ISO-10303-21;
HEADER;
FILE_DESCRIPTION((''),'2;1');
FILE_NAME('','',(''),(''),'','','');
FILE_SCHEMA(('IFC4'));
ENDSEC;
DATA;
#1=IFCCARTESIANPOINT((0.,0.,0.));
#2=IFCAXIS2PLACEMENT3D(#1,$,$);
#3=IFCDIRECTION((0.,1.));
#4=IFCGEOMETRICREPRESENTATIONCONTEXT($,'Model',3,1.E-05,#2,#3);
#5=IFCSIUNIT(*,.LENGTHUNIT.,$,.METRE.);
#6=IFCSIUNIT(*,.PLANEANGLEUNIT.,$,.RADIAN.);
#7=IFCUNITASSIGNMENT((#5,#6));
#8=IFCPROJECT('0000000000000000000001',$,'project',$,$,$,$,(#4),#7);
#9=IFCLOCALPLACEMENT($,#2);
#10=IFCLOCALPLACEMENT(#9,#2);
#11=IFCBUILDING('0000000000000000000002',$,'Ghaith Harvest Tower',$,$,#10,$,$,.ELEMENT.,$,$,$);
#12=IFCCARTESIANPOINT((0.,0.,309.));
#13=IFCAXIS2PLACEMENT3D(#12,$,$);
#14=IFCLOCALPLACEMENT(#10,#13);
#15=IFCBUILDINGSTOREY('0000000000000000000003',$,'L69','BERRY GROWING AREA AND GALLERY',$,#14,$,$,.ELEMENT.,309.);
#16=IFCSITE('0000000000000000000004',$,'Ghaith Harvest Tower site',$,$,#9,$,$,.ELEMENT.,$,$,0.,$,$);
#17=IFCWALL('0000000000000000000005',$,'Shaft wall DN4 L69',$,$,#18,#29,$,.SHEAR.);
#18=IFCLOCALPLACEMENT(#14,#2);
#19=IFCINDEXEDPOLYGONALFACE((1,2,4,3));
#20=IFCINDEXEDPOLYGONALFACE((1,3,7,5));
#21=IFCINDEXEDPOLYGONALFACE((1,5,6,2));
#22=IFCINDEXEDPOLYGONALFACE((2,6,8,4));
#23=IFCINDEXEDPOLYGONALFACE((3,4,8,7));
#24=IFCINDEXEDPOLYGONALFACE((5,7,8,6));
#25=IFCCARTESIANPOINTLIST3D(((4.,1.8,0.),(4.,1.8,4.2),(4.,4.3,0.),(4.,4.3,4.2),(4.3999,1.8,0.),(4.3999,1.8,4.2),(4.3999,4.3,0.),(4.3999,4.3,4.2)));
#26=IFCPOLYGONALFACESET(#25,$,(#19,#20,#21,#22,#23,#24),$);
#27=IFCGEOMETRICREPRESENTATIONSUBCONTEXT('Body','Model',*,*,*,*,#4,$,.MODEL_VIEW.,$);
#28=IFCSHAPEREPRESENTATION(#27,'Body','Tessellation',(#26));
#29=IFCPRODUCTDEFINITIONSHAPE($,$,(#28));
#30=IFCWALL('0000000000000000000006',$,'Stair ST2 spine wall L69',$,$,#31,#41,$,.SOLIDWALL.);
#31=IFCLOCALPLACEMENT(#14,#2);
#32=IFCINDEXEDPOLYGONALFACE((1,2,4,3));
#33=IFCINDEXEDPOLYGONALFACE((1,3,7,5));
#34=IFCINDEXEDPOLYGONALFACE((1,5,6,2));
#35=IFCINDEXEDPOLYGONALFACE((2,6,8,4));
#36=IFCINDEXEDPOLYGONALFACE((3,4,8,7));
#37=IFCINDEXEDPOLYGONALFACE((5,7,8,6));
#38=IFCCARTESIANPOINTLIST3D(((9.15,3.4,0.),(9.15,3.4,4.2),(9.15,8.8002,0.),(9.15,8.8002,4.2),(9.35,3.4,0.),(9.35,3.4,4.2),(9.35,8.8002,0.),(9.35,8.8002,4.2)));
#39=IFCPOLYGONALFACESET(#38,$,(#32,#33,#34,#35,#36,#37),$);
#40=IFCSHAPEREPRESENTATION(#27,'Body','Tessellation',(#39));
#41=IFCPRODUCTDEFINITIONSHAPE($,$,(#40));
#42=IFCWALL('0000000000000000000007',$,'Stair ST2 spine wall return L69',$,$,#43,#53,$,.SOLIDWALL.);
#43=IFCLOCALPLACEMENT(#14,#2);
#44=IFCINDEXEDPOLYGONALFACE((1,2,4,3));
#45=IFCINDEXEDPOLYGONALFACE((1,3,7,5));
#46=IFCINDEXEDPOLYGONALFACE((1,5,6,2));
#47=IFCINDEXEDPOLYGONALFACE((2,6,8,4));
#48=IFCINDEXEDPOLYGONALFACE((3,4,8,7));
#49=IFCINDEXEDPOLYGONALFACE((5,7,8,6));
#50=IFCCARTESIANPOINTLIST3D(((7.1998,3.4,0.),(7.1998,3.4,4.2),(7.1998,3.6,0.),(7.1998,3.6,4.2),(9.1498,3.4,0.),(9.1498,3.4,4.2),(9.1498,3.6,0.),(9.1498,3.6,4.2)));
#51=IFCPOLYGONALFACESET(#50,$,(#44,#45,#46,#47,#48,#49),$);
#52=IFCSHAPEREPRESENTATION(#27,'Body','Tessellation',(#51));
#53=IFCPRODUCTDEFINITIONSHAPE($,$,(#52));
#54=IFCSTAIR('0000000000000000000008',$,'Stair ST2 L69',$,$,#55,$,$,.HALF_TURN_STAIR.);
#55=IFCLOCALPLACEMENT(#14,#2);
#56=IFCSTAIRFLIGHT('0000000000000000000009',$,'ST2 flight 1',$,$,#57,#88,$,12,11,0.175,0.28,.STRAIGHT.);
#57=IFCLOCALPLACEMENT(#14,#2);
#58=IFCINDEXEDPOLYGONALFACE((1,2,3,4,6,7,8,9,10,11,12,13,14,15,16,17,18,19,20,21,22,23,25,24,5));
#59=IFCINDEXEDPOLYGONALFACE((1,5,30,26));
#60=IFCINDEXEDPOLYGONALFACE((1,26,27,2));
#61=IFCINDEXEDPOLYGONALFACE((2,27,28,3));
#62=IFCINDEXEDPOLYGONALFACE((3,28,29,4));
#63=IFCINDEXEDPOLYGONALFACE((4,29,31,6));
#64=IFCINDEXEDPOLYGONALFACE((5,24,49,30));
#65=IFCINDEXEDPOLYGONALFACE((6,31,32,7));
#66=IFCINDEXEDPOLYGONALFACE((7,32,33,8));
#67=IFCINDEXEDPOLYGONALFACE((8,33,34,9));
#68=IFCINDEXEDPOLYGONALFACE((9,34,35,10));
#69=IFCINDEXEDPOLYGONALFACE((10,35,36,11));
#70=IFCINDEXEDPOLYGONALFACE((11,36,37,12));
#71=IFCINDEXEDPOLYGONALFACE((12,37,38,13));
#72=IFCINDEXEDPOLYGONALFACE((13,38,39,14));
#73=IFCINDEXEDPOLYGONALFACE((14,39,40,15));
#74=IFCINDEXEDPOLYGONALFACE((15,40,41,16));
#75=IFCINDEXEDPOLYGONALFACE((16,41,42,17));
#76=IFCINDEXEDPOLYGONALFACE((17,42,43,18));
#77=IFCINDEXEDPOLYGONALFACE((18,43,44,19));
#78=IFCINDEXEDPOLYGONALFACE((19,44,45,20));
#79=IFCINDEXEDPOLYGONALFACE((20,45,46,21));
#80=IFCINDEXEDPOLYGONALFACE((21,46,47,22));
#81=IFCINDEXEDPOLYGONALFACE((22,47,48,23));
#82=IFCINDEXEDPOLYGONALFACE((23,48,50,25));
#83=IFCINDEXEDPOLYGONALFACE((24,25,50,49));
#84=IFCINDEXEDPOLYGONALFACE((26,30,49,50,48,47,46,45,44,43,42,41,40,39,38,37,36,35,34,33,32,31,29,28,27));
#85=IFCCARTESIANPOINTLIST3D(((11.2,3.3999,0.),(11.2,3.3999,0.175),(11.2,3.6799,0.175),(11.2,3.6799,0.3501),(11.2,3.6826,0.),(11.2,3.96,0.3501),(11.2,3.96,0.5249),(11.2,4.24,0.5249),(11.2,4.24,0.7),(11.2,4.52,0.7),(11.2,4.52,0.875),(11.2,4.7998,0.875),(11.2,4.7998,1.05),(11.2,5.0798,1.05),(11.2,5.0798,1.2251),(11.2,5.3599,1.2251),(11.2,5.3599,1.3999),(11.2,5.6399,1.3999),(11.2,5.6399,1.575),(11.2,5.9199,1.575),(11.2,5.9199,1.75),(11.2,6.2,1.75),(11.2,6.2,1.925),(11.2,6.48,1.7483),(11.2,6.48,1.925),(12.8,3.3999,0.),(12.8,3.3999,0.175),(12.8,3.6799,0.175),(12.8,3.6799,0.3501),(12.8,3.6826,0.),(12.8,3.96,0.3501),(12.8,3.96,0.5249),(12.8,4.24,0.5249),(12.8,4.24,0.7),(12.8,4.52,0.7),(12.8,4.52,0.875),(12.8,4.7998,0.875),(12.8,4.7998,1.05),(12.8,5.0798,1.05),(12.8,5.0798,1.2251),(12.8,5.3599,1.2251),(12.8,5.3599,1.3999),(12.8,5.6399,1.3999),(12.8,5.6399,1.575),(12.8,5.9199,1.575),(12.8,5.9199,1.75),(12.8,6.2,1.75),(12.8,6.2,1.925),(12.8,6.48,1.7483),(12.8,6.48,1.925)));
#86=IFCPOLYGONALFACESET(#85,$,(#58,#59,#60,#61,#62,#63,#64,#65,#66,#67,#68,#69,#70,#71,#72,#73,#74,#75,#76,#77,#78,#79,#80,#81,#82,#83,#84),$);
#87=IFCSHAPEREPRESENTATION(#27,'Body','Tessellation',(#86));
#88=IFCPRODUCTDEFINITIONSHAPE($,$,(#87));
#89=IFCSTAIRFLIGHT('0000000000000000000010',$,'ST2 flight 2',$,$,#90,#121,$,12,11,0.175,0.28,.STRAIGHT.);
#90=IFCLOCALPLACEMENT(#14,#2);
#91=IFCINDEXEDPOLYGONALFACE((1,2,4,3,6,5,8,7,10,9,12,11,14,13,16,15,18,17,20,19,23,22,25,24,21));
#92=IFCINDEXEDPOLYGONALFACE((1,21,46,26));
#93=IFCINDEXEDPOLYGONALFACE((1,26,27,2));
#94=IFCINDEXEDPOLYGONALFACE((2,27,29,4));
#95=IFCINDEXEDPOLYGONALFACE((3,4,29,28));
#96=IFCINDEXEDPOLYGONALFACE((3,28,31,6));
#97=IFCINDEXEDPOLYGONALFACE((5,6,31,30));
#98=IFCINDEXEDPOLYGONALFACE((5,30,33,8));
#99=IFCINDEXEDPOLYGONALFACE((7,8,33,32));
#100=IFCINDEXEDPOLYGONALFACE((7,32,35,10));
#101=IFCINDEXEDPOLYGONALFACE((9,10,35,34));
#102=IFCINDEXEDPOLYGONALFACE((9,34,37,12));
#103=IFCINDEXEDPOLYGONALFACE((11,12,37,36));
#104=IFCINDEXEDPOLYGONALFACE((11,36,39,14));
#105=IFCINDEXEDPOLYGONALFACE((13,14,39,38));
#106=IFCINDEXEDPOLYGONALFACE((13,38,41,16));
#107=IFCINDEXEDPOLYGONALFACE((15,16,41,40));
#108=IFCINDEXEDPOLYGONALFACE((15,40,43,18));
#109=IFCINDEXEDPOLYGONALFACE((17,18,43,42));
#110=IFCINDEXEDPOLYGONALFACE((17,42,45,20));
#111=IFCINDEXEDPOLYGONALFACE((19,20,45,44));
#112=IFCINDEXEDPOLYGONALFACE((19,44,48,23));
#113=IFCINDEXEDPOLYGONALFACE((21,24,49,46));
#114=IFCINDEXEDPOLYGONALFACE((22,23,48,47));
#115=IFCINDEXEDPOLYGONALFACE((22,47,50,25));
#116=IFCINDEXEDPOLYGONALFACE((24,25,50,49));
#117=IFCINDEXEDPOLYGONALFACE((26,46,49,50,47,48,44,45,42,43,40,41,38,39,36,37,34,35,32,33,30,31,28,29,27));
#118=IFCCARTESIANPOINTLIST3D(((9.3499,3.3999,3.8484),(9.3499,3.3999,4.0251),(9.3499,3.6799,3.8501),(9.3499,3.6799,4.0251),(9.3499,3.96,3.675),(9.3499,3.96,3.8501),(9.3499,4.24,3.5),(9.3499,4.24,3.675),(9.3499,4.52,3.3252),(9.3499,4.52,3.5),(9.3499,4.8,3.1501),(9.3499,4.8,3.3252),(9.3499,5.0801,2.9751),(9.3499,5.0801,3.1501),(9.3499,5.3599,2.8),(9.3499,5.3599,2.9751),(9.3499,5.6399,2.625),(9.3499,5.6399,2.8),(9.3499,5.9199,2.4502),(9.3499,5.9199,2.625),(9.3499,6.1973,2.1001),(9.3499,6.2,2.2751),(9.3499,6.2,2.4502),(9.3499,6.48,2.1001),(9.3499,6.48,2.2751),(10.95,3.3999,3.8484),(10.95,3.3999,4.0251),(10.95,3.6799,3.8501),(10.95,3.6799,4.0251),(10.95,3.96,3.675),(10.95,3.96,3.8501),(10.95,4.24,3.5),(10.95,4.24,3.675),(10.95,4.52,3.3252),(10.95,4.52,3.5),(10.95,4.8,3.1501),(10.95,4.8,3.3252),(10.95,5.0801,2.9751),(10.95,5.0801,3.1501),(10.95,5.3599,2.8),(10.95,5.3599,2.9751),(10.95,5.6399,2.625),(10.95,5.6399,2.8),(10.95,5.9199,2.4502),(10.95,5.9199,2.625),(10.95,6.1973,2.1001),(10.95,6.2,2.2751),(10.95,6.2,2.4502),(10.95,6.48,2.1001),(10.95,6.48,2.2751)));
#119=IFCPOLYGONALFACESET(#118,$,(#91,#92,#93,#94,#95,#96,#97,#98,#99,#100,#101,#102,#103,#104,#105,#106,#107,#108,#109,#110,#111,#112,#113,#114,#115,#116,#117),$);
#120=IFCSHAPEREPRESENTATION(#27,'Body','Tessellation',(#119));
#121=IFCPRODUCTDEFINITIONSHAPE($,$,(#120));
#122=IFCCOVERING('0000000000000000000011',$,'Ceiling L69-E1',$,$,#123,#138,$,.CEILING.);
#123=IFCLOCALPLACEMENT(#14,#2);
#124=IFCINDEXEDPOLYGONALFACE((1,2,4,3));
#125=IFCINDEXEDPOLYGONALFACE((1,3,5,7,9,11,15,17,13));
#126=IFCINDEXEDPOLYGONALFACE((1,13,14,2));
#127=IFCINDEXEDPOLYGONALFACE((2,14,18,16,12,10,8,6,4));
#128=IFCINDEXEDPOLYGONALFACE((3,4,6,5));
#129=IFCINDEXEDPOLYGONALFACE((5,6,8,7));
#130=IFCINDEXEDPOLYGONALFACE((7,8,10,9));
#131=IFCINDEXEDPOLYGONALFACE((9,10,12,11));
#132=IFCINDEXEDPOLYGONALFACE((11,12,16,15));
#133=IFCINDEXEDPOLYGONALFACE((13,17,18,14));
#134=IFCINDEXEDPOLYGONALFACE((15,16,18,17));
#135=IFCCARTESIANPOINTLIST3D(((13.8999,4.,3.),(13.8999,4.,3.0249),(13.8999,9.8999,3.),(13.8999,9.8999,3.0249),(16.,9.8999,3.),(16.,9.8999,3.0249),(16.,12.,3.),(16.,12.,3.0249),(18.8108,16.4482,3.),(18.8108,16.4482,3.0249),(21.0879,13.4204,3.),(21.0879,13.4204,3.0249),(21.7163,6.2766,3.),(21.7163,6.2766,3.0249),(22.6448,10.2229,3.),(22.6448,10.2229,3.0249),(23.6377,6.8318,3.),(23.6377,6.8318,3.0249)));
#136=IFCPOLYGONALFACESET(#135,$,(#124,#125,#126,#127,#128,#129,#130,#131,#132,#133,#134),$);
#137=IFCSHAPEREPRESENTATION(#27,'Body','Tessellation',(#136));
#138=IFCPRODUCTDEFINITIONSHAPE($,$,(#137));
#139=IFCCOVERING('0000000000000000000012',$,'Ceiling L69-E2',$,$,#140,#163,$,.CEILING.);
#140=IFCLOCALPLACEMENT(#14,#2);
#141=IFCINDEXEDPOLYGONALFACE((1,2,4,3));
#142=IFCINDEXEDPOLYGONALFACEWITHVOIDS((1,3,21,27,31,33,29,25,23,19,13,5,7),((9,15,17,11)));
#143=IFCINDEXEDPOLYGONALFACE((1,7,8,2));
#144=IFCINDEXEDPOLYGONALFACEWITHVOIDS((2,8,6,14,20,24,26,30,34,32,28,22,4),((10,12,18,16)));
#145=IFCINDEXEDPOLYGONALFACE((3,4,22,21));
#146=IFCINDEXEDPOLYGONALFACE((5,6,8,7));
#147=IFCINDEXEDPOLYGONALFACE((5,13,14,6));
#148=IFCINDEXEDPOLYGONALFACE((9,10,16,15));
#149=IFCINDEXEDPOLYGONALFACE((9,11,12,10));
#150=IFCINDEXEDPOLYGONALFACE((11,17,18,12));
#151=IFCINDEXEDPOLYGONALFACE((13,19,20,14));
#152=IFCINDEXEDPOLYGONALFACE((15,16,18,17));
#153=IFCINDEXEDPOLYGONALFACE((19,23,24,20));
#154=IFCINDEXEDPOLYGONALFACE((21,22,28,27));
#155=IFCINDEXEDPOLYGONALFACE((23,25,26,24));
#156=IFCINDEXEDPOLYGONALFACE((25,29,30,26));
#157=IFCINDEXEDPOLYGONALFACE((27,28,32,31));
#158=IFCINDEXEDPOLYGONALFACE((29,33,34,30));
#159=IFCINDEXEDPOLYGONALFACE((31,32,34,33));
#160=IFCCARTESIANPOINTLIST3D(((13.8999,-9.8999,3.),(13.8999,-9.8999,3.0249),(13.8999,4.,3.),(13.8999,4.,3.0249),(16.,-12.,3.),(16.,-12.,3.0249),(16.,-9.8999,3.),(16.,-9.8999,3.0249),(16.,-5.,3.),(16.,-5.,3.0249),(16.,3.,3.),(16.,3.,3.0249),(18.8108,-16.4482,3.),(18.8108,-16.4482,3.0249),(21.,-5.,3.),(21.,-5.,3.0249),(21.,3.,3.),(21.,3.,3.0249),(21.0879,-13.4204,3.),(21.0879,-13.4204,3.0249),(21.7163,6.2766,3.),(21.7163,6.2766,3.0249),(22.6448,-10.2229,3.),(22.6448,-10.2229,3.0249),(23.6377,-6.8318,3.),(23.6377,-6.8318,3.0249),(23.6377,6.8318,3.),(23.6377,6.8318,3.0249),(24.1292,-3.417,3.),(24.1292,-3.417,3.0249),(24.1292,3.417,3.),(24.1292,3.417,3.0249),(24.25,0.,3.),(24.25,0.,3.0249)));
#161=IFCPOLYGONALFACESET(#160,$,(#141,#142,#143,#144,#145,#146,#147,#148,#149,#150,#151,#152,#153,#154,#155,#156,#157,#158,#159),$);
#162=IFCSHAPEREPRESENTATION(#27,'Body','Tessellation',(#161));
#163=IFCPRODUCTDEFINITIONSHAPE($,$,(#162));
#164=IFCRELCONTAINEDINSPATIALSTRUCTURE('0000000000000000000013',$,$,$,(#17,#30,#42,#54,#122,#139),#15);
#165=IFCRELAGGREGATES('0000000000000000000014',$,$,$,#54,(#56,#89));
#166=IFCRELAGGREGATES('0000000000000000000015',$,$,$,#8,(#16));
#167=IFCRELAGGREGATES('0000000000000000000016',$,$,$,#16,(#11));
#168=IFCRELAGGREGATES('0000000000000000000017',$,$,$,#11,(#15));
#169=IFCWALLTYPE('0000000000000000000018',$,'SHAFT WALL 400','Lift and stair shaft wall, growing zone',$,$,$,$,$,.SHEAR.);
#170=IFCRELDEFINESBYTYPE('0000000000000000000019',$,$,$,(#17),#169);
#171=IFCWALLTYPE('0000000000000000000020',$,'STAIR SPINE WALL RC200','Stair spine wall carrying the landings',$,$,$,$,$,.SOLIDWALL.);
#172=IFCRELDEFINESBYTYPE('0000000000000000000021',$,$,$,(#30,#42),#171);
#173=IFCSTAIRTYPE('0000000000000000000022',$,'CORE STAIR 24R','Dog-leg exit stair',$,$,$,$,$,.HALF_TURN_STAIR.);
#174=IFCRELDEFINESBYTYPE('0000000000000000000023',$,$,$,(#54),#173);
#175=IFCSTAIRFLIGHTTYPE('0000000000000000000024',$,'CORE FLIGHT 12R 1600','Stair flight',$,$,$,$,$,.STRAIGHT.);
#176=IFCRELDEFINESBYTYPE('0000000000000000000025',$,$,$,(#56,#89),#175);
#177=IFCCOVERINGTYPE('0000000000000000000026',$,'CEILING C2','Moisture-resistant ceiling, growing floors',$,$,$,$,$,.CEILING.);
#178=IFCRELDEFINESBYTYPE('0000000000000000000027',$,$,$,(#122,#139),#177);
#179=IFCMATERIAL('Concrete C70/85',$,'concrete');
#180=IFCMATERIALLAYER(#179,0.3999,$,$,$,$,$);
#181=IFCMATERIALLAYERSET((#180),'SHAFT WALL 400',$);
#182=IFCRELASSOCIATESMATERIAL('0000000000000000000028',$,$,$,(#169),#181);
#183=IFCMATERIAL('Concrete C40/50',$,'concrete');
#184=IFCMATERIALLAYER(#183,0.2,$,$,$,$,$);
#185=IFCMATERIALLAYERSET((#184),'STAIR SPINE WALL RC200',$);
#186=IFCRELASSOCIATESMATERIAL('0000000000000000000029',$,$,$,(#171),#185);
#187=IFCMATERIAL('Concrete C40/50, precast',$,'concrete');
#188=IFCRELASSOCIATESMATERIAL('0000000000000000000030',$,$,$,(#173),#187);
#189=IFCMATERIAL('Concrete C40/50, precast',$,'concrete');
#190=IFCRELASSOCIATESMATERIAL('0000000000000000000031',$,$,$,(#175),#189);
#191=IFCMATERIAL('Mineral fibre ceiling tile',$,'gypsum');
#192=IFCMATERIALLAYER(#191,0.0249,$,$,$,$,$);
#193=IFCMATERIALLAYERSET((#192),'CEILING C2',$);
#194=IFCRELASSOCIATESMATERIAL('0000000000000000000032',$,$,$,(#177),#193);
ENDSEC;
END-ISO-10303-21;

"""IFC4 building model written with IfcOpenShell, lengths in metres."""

from ifc_helpers import new_model, si_unit, direction, frame, frame_2d, origin, place, context, subcontext, project, spatial, polyline, rectangle, outline, extrude, material, layer, layer_set, type_object, element, aggregate, save


model = new_model("IFC4")

# Units and contexts
model_context = context("Model", 3, precision=1e-05, world=origin(), true_north=direction((0.0, 1.0)))
body_context = subcontext(model_context, "Body", "Model", "MODEL_VIEW")
ifc_project = project(units=[si_unit("LENGTHUNIT", "METRE"), si_unit("PLANEANGLEUNIT", "RADIAN")], contexts=[model_context])

# Site, building, storey
site_placement = place(None, origin())
site = spatial("IfcSite", under=ifc_project, at=site_placement, Name="Ghaith Harvest Tower site", CompositionType="ELEMENT", RefElevation=0.0)
building_placement = place(site_placement, origin())
building = spatial("IfcBuilding", under=site, at=building_placement, Name="Ghaith Harvest Tower", CompositionType="ELEMENT")
storey_placement = place(building_placement, frame((0.0, 0.0, 309.0)))
storey = spatial("IfcBuildingStorey", under=building, at=storey_placement, Name="L69", Description="BERRY GROWING AREA AND GALLERY", CompositionType="ELEMENT", Elevation=309.0)

# Shared definitions
ifc_material_1 = material(Name="Concrete C70/85", Category="concrete")
ifc_layer_1 = layer(ifc_material_1, 0.3999)
ifc_layer_set_1 = layer_set([ifc_layer_1], Name="SHAFT WALL 400")
wall_type_1 = type_object("IfcWallType", Name="SHAFT WALL 400", Description="Lift and stair shaft wall, growing zone", PredefinedType="SHEAR", material=ifc_layer_set_1)

# Walls
wall_1_placement = place(storey_placement, frame((4.2, 1.8, 0.0), z_axis=(0.0, 0.0, 1.0), x_axis=(0.0, 1.0, 0.0)))
element("IfcWall", 1, at=wall_1_placement, inside=storey, type_object=wall_type_1, Name="Shaft wall DN4 L69", PredefinedType="SHEAR", context=body_context, shape_type="SweptSolid", body=[
    extrude(rectangle(XDim=2.5, YDim=0.3999, at=frame_2d((1.25, 0.0))), origin(), (0.0, 0.0, 1.0), 4.2),
])
ifc_material_2 = material(Name="Concrete C40/50", Category="concrete")
ifc_layer_2 = layer(ifc_material_2, 0.2)
ifc_layer_set_2 = layer_set([ifc_layer_2], Name="STAIR SPINE WALL RC200")
wall_type_2 = type_object("IfcWallType", Name="STAIR SPINE WALL RC200", Description="Stair spine wall carrying the landings", PredefinedType="SOLIDWALL", material=ifc_layer_set_2)
wall_2_placement = place(storey_placement, frame((9.25, 3.3999, 0.0), z_axis=(0.0, 0.0, 1.0), x_axis=(0.0, 1.0, 0.0)))
element("IfcWall", 2, at=wall_2_placement, inside=storey, type_object=wall_type_2, Name="Stair ST2 spine wall L69", PredefinedType="SOLIDWALL", context=body_context, shape_type="SweptSolid", body=[
    extrude(rectangle(XDim=5.4001, YDim=0.2, at=frame_2d((2.7002, 0.0))), origin(), (0.0, 0.0, 1.0), 4.2),
])
wall_3_placement = place(storey_placement, frame((9.1499, 3.5, 0.0), z_axis=(0.0, 0.0, 1.0), x_axis=(-1.0, 0.0, 0.0)))
element("IfcWall", 3, at=wall_3_placement, inside=storey, type_object=wall_type_2, Name="Stair ST2 spine wall return L69", PredefinedType="SOLIDWALL", context=body_context, shape_type="SweptSolid", body=[
    extrude(rectangle(XDim=1.95, YDim=0.2, at=frame_2d((0.9751, 0.0))), origin(), (0.0, 0.0, 1.0), 4.2),
])

# Stair, stair flights
ifc_material_3 = material(Name="Concrete C40/50, precast", Category="concrete")
stair_type = type_object("IfcStairType", Name="CORE STAIR 24R", Description="Dog-leg exit stair", PredefinedType="HALF_TURN_STAIR", material=ifc_material_3)
stair_placement = place(storey_placement, origin())
stair = element("IfcStair", 4, at=stair_placement, inside=storey, type_object=stair_type, Name="Stair ST2 L69", PredefinedType="HALF_TURN_STAIR")
ifc_material_4 = material(Name="Concrete C40/50, precast", Category="concrete")
stair_flight_type = type_object("IfcStairFlightType", Name="CORE FLIGHT 12R 1600", Description="Stair flight", PredefinedType="STRAIGHT", material=ifc_material_4)
stair_flight_1_placement = place(storey_placement, frame((12.0, 3.3999, 0.0), z_axis=(0.0, 0.0, 1.0), x_axis=(0.0, 1.0, 0.0)))
stair_flight_1 = element("IfcStairFlight", 5, at=stair_flight_1_placement, type_object=stair_flight_type, Name="ST2 flight 1", NumberOfRisers=12, NumberOfTreads=11, PredefinedType="STRAIGHT", RiserHeight=0.175, TreadLength=0.28, context=body_context, shape_type="SweptSolid", body=[
    extrude(outline(polyline([(0.0, 0.0), (0.0, 0.175), (0.28, 0.175), (0.28, 0.3501), (0.5601, 0.3501), (0.5601, 0.5249), (0.8401, 0.5249), (0.8401, 0.7), (1.1201, 0.7), (1.1201, 0.875), (1.3999, 0.875), (1.3999, 1.05), (1.6799, 1.05), (1.6799, 1.2251), (1.96, 1.2251), (1.96, 1.3999), (2.24, 1.3999), (2.24, 1.575), (2.52, 1.575), (2.52, 1.75), (2.8, 1.75), (2.8, 1.925), (3.0801, 1.925), (3.0801, 2.1001), (3.0801, 1.7483), (0.2827, 0.0), (0.0, 0.0)])), frame((0.0, 0.8, 0.0), z_axis=(0.0, -1.0, 0.0), x_axis=(1.0, 0.0, 0.0)), (0.0, 0.0, 1.0), 1.6001),
])
stair_flight_2_placement = place(storey_placement, frame((10.1499, 6.48, 2.1001), z_axis=(0.0, 0.0, 1.0), x_axis=(0.0, -1.0, 0.0)))
stair_flight_2 = element("IfcStairFlight", 6, at=stair_flight_2_placement, type_object=stair_flight_type, Name="ST2 flight 2", NumberOfRisers=12, NumberOfTreads=11, PredefinedType="STRAIGHT", RiserHeight=0.175, TreadLength=0.28, context=body_context, shape_type="SweptSolid", body=[
    extrude(outline(polyline([(0.0, 0.0), (0.0, 0.175), (0.28, 0.175), (0.28, 0.3501), (0.5601, 0.3501), (0.5601, 0.5249), (0.8401, 0.5249), (0.8401, 0.7), (1.1201, 0.7), (1.1201, 0.875), (1.3999, 0.875), (1.3999, 1.05), (1.6799, 1.05), (1.6799, 1.2251), (1.96, 1.2251), (1.96, 1.3999), (2.24, 1.3999), (2.24, 1.575), (2.52, 1.575), (2.52, 1.75), (2.8, 1.75), (2.8, 1.925), (3.0801, 1.925), (3.0801, 2.1001), (3.0801, 1.7483), (0.2827, 0.0), (0.0, 0.0)])), frame((0.0, 0.8, 0.0), z_axis=(0.0, -1.0, 0.0), x_axis=(1.0, 0.0, 0.0)), (0.0, 0.0, 1.0), 1.6001),
])
aggregate(stair, [stair_flight_1, stair_flight_2])

# Coverings
ifc_material_5 = material(Name="Mineral fibre ceiling tile", Category="gypsum")
ifc_layer_3 = layer(ifc_material_5, 0.0249)
ifc_layer_set_3 = layer_set([ifc_layer_3], Name="CEILING C2")
covering_type = type_object("IfcCoveringType", Name="CEILING C2", Description="Moisture-resistant ceiling, growing floors", PredefinedType="CEILING", material=ifc_layer_set_3)
covering_1_placement = place(storey_placement, frame((0.0, 0.0, 3.0)))
element("IfcCovering", 7, at=covering_1_placement, inside=storey, type_object=covering_type, Name="Ceiling L69-E1", PredefinedType="CEILING", context=body_context, shape_type="SweptSolid", body=[
    extrude(outline(polyline([(21.0879, 13.4204), (22.6448, 10.2229), (23.6377, 6.8318), (21.7163, 6.2766), (13.8999, 4.0), (13.8999, 9.8999), (16.0, 9.8999), (16.0, 12.0), (18.8108, 16.4482), (21.0879, 13.4204)])), origin(), (0.0, 0.0, 1.0), 0.0249),
])
covering_2_placement = place(storey_placement, frame((0.0, 0.0, 3.0)))
element("IfcCovering", 8, at=covering_2_placement, inside=storey, type_object=covering_type, Name="Ceiling L69-E2", PredefinedType="CEILING", context=body_context, shape_type="SweptSolid", body=[
    extrude(outline(polyline([(23.6377, 6.8318), (23.6377, 6.8318), (24.1292, 3.417), (24.25, 0.0), (24.1292, -3.417), (23.6377, -6.8318), (22.6448, -10.2229), (21.0879, -13.4204), (18.8108, -16.4482), (16.0, -12.0), (16.0, -9.8999), (13.8999, -9.8999), (13.8999, 4.0), (21.7163, 6.2766), (23.6377, 6.8318)]), holes=[polyline([(21.0, 3.0), (16.0, 3.0), (16.0, -5.0), (21.0, -5.0), (21.0, 3.0)])]), origin(), (0.0, 0.0, 1.0), 0.0249),
])

save(model, "model.ifc")
